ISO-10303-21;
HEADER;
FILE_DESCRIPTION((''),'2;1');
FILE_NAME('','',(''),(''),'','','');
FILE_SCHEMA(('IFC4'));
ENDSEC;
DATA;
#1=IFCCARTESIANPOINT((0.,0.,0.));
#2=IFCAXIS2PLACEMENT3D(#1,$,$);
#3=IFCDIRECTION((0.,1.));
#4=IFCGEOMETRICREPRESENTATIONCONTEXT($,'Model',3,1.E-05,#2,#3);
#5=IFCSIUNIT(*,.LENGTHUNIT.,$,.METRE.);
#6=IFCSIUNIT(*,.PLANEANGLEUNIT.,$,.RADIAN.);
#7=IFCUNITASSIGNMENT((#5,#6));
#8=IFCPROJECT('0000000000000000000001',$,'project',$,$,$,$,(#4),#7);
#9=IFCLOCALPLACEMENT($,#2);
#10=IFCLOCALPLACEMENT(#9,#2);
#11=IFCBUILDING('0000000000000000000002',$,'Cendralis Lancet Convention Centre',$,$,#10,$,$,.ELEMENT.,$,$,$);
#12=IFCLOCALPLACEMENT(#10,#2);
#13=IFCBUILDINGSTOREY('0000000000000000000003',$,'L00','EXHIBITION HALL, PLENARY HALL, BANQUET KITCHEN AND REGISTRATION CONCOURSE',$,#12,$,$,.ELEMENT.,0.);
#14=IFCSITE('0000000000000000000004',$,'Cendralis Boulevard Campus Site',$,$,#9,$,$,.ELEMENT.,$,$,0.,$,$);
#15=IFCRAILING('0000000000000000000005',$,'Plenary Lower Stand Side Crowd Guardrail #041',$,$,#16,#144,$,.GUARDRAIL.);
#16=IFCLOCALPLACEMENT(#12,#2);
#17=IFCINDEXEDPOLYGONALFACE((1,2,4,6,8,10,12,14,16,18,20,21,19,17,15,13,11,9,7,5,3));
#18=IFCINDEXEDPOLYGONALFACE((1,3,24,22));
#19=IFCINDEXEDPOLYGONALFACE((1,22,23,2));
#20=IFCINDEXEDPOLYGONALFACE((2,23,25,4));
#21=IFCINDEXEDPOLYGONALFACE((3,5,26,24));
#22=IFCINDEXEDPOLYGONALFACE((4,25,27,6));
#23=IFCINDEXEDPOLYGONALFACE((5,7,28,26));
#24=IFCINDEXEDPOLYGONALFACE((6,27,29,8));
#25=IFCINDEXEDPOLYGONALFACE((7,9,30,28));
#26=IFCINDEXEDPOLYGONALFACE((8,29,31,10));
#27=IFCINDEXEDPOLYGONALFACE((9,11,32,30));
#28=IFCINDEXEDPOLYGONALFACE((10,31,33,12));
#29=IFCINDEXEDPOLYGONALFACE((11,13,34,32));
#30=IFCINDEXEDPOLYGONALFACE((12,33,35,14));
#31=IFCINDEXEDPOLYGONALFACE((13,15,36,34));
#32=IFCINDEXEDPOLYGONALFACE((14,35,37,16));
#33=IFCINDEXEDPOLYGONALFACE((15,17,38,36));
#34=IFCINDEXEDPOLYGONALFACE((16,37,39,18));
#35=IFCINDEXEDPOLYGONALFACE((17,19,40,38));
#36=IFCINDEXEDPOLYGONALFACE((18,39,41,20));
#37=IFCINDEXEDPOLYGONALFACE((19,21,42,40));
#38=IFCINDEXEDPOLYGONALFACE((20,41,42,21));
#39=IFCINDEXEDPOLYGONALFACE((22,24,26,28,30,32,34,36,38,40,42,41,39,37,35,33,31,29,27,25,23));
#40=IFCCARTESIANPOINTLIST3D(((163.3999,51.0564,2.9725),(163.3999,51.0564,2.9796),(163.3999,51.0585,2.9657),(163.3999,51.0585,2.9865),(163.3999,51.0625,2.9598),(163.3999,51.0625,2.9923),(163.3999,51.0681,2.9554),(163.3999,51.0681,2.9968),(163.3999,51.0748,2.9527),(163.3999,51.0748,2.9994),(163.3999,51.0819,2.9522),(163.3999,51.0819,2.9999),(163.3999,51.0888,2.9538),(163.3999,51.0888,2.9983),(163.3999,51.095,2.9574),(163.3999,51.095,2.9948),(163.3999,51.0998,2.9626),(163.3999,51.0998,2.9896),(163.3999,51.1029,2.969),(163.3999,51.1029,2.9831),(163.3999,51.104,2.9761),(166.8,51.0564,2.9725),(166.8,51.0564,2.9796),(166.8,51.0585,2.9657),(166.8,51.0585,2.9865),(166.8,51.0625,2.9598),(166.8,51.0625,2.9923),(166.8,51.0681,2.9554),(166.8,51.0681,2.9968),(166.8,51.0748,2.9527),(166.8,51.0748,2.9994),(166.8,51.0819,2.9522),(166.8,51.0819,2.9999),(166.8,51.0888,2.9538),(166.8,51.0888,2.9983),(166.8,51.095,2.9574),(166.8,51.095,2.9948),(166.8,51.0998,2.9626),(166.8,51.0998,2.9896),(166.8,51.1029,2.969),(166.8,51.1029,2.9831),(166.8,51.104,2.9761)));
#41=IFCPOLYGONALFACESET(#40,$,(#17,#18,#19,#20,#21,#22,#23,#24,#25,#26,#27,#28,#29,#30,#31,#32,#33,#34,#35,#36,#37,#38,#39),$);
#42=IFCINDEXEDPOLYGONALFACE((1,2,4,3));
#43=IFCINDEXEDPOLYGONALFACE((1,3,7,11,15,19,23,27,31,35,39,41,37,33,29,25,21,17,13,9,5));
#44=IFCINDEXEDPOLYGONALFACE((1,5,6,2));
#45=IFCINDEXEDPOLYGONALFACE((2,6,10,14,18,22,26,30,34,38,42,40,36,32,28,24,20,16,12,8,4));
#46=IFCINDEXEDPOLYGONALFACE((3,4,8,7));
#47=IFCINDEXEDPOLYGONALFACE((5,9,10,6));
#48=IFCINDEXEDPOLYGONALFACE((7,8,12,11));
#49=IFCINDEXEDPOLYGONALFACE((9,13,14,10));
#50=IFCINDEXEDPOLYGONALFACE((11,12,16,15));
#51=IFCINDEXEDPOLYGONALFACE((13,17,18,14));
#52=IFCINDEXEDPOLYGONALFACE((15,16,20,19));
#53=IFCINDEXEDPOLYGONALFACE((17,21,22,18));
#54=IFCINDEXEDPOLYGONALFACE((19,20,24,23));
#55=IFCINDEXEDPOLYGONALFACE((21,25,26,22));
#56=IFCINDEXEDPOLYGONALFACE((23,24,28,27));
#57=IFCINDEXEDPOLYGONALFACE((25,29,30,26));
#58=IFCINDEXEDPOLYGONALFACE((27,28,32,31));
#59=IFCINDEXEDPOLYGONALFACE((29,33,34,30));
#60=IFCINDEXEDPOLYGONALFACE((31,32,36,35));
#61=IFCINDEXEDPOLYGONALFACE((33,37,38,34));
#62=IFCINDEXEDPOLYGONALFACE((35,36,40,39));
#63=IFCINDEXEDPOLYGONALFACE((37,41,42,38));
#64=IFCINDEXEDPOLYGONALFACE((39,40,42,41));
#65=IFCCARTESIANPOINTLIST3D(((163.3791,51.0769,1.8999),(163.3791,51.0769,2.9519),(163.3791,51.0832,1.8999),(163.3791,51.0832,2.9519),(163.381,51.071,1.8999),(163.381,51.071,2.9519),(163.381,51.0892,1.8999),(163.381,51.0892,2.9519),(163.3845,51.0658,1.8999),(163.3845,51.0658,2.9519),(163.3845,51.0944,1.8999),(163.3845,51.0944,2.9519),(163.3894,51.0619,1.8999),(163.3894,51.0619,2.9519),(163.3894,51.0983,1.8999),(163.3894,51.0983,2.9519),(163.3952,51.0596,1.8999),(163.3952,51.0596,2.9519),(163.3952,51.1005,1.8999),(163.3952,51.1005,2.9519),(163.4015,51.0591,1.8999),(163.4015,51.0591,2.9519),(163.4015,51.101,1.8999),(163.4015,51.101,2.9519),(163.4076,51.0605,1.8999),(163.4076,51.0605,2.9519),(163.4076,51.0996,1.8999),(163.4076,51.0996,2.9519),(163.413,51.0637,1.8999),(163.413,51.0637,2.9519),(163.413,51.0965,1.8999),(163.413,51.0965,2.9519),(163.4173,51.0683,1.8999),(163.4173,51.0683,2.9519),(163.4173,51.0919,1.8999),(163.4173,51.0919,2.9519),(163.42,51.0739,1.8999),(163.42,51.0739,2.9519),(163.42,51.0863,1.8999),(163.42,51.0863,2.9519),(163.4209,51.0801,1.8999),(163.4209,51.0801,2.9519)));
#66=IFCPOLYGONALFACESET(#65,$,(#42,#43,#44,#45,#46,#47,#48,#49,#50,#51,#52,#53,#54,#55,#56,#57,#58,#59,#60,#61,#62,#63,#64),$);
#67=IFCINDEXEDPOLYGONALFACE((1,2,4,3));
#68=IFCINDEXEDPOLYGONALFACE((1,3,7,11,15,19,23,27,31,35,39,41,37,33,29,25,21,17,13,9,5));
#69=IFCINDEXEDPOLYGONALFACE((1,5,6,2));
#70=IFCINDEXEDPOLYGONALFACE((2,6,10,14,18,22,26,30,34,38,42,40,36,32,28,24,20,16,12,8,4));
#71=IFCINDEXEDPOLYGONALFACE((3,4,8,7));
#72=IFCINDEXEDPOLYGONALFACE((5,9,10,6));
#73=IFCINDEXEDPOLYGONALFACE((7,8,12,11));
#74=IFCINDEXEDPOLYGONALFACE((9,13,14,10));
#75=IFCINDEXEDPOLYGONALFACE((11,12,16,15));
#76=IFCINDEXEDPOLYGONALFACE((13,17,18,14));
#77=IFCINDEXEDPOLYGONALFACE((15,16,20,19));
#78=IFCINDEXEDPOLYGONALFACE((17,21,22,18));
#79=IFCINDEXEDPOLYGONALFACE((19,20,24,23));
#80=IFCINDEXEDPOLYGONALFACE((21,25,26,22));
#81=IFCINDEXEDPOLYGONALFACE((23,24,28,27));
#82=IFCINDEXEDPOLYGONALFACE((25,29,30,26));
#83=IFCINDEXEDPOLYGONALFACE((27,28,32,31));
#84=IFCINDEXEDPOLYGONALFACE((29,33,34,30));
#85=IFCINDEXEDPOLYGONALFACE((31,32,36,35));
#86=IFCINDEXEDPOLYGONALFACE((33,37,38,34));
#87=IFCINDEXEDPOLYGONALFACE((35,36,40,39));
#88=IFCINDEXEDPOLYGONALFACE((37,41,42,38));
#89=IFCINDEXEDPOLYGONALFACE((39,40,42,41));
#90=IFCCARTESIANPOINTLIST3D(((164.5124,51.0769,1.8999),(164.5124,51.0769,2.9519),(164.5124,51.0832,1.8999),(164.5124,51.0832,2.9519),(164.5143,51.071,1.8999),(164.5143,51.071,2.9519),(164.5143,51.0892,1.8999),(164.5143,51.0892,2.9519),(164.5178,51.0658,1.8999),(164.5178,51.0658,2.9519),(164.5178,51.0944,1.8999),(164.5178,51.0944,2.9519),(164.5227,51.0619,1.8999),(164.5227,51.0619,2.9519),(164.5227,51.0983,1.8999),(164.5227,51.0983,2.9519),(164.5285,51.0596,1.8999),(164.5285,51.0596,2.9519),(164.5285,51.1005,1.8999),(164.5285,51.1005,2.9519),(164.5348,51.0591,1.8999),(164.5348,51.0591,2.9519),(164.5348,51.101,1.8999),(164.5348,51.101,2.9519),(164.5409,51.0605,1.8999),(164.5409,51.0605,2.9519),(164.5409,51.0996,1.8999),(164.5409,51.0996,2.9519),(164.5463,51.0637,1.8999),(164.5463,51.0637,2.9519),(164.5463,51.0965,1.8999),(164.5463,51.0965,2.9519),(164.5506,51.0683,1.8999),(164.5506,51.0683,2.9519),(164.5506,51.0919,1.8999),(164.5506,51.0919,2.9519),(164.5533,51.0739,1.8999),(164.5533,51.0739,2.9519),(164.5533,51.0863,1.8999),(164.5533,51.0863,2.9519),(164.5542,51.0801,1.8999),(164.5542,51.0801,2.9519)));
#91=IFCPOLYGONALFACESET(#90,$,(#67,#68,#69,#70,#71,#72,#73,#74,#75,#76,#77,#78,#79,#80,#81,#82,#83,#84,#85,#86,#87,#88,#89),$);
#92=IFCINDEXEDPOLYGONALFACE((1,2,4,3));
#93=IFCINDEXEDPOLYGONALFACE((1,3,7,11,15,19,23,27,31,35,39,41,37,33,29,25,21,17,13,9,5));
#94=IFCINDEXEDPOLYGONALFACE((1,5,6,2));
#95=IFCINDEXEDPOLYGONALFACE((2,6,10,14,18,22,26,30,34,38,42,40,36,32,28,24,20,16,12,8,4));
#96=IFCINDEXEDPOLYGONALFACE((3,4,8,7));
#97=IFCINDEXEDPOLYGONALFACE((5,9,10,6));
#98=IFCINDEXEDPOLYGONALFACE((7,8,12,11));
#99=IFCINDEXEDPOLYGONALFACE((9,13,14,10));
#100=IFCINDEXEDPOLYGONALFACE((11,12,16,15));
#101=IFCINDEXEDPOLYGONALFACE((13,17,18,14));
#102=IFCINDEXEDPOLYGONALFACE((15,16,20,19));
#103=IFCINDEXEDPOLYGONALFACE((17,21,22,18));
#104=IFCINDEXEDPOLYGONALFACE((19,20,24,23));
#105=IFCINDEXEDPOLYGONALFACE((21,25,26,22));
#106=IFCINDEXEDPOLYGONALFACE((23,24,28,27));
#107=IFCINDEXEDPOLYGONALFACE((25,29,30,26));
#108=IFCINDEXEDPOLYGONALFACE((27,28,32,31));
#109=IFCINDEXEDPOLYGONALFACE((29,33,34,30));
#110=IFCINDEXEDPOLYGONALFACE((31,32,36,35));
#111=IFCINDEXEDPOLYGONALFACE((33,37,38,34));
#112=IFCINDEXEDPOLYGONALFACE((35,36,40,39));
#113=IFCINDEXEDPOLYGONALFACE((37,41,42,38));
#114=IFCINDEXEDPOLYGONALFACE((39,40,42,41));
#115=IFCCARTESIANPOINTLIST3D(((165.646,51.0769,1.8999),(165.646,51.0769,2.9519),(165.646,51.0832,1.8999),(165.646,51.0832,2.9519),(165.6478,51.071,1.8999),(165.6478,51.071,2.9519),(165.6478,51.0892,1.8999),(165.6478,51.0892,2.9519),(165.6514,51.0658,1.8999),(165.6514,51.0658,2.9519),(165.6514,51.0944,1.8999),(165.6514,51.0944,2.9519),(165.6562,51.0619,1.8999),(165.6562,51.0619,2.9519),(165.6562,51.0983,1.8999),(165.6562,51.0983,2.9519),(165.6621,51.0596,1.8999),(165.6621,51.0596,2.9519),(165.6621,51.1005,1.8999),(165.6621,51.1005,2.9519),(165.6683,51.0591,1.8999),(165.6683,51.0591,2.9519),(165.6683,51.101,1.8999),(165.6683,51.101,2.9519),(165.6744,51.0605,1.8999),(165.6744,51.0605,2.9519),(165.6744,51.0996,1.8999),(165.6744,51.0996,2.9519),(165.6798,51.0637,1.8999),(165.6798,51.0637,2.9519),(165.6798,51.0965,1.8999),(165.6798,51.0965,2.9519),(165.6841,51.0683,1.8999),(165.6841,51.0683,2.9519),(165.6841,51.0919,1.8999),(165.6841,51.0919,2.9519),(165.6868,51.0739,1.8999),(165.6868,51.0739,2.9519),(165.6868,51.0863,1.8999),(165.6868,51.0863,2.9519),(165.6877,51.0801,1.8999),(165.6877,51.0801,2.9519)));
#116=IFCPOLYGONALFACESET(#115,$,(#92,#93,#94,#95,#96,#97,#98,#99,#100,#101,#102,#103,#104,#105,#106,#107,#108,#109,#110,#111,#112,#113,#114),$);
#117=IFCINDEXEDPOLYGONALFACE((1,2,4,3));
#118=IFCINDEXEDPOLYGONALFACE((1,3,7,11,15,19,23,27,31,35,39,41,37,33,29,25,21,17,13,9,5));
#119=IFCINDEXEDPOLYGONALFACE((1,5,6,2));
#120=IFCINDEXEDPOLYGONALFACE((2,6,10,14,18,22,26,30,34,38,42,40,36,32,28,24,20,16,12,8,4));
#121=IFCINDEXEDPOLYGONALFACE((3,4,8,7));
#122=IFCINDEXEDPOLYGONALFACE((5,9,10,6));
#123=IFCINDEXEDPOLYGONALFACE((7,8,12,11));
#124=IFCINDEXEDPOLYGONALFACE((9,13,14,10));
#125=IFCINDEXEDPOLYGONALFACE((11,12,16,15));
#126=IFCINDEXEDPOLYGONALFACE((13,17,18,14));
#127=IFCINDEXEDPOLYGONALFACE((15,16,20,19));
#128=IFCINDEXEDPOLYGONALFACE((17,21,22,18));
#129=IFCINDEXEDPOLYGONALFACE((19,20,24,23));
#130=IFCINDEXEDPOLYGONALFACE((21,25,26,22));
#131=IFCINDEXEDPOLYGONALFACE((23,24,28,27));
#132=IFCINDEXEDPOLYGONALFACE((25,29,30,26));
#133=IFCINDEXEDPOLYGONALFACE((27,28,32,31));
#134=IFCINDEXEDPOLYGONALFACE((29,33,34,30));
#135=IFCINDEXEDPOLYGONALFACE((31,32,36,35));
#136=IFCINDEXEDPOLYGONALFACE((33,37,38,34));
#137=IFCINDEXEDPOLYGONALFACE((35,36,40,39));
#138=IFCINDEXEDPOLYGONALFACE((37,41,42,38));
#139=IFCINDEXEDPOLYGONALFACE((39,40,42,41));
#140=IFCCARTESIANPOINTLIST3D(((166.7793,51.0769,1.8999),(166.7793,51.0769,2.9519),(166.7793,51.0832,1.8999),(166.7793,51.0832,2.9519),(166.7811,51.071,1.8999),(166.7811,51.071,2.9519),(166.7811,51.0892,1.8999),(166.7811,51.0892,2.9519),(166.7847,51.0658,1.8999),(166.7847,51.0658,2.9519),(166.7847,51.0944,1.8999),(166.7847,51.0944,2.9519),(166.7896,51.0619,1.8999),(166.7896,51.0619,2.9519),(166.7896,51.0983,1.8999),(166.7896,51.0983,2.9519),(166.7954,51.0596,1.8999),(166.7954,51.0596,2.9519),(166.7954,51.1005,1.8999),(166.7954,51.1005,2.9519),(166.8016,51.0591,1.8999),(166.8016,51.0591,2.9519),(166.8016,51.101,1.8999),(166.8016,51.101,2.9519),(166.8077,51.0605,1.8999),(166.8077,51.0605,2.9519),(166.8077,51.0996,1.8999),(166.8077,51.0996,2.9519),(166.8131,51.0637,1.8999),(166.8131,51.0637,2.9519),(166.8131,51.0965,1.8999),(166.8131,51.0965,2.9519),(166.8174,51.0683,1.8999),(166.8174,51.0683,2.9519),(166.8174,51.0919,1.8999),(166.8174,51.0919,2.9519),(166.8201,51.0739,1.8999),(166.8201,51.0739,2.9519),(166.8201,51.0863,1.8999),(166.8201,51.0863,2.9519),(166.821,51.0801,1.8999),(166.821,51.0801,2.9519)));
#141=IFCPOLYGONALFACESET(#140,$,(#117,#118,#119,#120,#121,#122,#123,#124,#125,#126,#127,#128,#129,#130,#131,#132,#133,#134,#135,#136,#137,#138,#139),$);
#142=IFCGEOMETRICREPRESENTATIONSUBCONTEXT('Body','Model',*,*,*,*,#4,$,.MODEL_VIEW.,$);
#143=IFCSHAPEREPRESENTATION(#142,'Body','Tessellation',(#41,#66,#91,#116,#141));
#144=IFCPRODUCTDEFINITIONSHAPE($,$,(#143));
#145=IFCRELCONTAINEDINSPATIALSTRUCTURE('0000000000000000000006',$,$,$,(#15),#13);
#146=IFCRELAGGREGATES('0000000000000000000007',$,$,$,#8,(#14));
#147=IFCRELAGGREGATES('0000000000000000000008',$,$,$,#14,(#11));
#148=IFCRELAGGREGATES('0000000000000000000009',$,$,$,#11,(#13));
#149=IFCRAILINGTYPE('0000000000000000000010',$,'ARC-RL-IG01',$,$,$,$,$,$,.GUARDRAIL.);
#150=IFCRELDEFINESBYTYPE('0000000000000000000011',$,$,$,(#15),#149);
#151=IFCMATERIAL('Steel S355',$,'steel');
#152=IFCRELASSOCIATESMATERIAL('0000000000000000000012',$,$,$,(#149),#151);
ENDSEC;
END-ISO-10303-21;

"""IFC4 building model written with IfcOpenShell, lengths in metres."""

from ifc_helpers import new_model, si_unit, direction, frame, origin, origin_2d, place, context, subcontext, project, spatial, circle, extrude, material, type_object, element, save


model = new_model("IFC4")

# Units and contexts
model_context = context("Model", 3, precision=1e-05, world=origin(), true_north=direction((0.0, 1.0)))
body_context = subcontext(model_context, "Body", "Model", "MODEL_VIEW")
ifc_project = project(units=[si_unit("LENGTHUNIT", "METRE"), si_unit("PLANEANGLEUNIT", "RADIAN")], contexts=[model_context])

# Site, building, storey
site_placement = place(None, origin())
site = spatial("IfcSite", under=ifc_project, at=site_placement, Name="Cendralis Boulevard Campus Site", CompositionType="ELEMENT", RefElevation=0.0)
building_placement = place(site_placement, origin())
building = spatial("IfcBuilding", under=site, at=building_placement, Name="Cendralis Lancet Convention Centre", CompositionType="ELEMENT")
storey_placement = place(building_placement, origin())
storey = spatial("IfcBuildingStorey", under=building, at=storey_placement, Name="L00", Description="EXHIBITION HALL, PLENARY HALL, BANQUET KITCHEN AND REGISTRATION CONCOURSE", CompositionType="ELEMENT", Elevation=0.0)

# Railing
ifc_material_1 = material(Name="Steel S355", Category="steel")
railing_type = type_object("IfcRailingType", Name="ARC-RL-IG01", PredefinedType="GUARDRAIL", material=ifc_material_1)
railing_1_placement = place(storey_placement, frame((163.3999, 51.0801, 1.8999)))
element("IfcRailing", 1, at=railing_1_placement, inside=storey, type_object=railing_type, Name="Plenary Lower Stand Side Crowd Guardrail #041", PredefinedType="GUARDRAIL", context=body_context, shape_type="SweptSolid", body=[
    extrude(circle(Radius=0.0239, at=origin_2d()), frame((0.0, 0.0, 1.0762), z_axis=(1.0, 0.0, 0.0), x_axis=(0.0, 1.0, 0.0)), (0.0, 0.0, 1.0), 3.4001),
    extrude(circle(Radius=0.021, at=origin_2d()), origin(), (0.0, 0.0, 1.0), 1.052),
    extrude(circle(Radius=0.021, at=origin_2d()), frame((1.1333, 0.0, 0.0)), (0.0, 0.0, 1.0), 1.052),
    extrude(circle(Radius=0.021, at=origin_2d()), frame((2.2668, 0.0, 0.0)), (0.0, 0.0, 1.0), 1.052),
    extrude(circle(Radius=0.021, at=origin_2d()), frame((3.4001, 0.0, 0.0)), (0.0, 0.0, 1.0), 1.052),
])

save(model, "model.ifc")
